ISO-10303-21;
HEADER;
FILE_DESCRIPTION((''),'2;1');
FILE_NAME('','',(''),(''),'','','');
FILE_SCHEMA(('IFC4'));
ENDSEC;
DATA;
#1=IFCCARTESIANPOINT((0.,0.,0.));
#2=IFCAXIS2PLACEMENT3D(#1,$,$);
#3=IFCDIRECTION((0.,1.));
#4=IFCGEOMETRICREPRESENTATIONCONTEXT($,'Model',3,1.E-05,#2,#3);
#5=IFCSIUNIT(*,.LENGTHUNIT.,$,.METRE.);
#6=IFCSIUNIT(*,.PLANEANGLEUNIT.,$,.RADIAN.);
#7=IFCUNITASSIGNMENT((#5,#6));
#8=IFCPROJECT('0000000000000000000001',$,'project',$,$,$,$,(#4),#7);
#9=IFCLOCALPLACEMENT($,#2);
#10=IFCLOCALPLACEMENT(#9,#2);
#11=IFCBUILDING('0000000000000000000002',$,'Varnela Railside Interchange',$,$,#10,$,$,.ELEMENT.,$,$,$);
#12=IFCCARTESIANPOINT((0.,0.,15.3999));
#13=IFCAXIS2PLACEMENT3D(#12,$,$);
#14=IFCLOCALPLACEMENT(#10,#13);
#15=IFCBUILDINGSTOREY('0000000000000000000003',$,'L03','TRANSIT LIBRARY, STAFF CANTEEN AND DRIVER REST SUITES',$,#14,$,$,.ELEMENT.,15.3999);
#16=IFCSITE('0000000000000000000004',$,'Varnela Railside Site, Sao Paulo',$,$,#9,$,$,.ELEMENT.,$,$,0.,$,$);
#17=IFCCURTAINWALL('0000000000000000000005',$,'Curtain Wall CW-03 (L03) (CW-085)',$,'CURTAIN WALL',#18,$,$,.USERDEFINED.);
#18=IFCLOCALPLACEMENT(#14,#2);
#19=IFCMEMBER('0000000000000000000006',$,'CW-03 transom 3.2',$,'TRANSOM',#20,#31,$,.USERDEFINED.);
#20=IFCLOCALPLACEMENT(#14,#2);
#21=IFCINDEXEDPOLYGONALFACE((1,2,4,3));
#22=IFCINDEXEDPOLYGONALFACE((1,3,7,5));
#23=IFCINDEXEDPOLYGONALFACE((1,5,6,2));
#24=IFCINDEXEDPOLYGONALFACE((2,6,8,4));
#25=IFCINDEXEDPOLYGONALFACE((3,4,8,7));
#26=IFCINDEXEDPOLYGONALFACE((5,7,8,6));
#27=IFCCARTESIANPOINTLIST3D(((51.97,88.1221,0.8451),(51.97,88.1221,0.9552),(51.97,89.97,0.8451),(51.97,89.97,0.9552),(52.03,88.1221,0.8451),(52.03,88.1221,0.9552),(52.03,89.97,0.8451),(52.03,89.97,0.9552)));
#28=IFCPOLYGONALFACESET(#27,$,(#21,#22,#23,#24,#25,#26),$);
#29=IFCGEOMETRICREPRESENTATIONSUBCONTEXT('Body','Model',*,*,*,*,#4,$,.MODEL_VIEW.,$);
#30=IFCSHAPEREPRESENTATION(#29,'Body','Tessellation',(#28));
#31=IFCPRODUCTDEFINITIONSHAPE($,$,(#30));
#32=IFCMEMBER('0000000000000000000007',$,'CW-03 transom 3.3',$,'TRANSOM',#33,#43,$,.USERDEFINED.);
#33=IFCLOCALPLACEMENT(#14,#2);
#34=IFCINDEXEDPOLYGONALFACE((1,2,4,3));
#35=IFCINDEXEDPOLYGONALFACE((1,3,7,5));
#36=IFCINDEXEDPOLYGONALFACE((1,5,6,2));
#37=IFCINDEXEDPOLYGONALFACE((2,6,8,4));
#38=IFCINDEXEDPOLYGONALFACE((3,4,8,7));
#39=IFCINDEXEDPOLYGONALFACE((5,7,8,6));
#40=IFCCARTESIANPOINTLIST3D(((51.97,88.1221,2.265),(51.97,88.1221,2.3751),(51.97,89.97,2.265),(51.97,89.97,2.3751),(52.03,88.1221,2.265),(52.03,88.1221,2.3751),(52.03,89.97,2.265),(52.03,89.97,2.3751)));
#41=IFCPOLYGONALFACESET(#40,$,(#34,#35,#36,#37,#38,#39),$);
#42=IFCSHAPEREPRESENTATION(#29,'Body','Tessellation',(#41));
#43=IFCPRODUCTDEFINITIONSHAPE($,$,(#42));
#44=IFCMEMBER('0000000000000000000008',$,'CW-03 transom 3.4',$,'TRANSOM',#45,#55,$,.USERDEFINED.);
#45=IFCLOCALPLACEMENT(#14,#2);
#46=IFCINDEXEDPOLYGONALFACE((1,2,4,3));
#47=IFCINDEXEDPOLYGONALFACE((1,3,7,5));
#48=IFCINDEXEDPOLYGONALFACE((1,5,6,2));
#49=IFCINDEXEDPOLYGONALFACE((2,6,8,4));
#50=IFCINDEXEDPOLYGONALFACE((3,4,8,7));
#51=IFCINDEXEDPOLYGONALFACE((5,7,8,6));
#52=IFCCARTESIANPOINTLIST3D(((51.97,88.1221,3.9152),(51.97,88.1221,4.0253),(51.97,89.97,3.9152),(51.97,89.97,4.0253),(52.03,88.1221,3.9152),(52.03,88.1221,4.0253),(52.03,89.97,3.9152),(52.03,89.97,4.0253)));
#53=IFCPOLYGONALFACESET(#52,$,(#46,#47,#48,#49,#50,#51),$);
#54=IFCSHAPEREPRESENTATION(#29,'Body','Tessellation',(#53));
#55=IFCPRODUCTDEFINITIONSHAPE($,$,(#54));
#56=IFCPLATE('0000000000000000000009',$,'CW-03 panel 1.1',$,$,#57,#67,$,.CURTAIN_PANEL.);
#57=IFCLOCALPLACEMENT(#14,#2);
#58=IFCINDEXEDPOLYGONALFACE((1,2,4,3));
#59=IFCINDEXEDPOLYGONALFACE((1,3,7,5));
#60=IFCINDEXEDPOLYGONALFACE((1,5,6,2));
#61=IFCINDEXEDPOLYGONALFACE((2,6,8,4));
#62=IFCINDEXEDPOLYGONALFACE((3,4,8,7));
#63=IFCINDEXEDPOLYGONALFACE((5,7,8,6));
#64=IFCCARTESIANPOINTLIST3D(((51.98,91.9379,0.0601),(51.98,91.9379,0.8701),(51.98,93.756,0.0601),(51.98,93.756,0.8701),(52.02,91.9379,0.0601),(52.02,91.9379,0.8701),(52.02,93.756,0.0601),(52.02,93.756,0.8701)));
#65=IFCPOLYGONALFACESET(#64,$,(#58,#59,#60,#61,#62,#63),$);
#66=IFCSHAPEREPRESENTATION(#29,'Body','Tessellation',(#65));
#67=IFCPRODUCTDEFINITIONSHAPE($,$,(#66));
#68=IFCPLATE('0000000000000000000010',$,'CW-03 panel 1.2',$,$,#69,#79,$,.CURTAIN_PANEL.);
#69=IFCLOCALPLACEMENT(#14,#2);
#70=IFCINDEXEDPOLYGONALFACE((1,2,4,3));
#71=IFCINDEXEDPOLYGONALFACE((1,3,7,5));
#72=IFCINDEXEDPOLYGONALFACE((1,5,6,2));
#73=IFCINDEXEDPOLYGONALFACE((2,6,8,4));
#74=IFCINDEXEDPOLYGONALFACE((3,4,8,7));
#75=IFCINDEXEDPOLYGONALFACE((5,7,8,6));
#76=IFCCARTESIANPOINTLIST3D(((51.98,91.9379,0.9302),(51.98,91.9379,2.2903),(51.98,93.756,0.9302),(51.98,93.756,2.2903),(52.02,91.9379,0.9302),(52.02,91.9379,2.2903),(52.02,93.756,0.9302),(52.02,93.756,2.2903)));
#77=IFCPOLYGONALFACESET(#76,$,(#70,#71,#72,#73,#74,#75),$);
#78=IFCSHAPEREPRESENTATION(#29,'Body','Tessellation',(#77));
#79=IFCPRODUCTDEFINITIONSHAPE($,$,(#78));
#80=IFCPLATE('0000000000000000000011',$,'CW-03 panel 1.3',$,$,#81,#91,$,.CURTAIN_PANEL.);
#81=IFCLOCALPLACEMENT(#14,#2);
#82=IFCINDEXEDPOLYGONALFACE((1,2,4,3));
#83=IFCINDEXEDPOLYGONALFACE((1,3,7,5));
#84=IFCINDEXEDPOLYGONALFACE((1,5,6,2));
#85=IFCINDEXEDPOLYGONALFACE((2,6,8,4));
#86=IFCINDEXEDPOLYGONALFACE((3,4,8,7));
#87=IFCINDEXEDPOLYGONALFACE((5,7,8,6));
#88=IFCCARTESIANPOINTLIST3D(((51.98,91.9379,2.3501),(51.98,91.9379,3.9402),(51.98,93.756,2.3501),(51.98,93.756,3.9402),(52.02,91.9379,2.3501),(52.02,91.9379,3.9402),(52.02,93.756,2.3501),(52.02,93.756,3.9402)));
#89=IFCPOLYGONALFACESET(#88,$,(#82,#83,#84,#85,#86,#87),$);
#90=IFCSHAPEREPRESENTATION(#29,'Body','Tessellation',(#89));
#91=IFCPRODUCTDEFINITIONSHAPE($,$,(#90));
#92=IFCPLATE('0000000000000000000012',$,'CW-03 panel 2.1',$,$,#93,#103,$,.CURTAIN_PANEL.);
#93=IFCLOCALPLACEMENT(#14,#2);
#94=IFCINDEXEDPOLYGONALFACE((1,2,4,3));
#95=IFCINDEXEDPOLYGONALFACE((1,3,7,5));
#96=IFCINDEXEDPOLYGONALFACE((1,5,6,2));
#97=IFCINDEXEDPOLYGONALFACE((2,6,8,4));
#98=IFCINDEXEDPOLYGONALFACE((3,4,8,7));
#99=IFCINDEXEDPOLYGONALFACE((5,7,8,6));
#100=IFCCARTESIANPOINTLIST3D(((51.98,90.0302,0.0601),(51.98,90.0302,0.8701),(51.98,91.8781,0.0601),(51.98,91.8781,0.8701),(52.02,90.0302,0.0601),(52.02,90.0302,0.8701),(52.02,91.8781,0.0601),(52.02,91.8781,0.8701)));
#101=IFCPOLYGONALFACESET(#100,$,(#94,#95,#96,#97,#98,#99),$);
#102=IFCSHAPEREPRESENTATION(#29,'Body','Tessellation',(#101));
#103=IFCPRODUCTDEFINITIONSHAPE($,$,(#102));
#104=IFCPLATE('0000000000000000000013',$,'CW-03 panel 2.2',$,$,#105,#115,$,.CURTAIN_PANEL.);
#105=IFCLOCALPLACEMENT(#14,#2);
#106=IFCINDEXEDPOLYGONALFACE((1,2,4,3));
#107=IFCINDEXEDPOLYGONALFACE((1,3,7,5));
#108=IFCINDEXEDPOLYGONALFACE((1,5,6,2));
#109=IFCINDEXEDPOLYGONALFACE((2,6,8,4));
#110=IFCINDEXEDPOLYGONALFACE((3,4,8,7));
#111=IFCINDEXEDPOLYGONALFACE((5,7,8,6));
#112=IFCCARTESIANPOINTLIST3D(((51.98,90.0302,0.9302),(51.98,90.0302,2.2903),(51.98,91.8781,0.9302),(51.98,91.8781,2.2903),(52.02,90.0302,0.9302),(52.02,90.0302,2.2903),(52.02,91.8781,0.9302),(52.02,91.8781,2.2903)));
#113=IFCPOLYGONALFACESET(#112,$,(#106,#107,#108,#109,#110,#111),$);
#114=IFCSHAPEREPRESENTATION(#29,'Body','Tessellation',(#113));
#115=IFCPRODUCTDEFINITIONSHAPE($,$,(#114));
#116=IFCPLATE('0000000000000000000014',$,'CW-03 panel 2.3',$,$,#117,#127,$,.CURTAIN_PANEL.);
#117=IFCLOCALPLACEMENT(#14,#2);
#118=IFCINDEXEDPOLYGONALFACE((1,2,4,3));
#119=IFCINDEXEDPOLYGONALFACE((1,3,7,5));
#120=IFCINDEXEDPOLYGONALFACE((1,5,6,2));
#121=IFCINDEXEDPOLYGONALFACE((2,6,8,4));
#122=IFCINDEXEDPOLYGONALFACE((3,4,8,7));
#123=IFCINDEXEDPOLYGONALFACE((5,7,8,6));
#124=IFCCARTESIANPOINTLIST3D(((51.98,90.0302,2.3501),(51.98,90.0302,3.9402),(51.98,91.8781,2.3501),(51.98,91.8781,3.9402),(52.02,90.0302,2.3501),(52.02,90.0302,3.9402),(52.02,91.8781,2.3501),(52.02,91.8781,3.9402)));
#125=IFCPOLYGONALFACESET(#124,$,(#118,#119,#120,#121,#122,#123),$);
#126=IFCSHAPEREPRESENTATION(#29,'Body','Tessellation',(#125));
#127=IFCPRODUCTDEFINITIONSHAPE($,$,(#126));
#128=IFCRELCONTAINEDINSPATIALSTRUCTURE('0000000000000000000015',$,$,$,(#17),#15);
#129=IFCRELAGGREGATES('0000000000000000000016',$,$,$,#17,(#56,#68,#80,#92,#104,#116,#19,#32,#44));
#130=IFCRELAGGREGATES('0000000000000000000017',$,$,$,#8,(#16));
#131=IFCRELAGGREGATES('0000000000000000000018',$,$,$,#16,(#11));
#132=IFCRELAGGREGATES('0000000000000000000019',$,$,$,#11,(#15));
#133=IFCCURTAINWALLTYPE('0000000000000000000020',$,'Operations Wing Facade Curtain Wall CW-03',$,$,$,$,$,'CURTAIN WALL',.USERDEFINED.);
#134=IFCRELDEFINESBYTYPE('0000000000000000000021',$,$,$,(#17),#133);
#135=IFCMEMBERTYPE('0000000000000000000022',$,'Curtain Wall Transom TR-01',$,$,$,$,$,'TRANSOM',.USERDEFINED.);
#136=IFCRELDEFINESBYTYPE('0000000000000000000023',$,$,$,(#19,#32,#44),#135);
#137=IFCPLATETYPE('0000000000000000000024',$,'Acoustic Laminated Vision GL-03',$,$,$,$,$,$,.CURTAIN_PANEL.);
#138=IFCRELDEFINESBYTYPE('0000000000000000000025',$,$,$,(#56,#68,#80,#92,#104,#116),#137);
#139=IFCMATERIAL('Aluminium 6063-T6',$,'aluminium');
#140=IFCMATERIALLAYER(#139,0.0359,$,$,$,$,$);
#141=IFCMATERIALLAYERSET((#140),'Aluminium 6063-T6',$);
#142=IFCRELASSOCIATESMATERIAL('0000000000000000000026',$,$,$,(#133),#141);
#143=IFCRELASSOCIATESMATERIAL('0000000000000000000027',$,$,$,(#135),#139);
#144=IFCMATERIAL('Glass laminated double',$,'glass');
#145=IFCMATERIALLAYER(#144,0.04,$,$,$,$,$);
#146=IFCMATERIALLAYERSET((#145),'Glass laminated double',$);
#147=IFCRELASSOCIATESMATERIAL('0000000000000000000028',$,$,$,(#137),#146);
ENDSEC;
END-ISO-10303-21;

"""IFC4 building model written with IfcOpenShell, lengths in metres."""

from ifc_helpers import new_model, si_unit, direction, frame, origin, origin_2d, place, context, subcontext, project, spatial, rectangle, extrude, material, layer, layer_set, material_profile, profile_set, type_object, element, aggregate, save


model = new_model("IFC4")

# Units and contexts
model_context = context("Model", 3, precision=1e-05, world=origin(), true_north=direction((0.0, 1.0)))
body_context = subcontext(model_context, "Body", "Model", "MODEL_VIEW")
ifc_project = project(units=[si_unit("LENGTHUNIT", "METRE"), si_unit("PLANEANGLEUNIT", "RADIAN")], contexts=[model_context])

# Site, building, storey
site_placement = place(None, origin())
site = spatial("IfcSite", under=ifc_project, at=site_placement, Name="Varnela Railside Site, Sao Paulo", CompositionType="ELEMENT", RefElevation=0.0)
building_placement = place(site_placement, origin())
building = spatial("IfcBuilding", under=site, at=building_placement, Name="Varnela Railside Interchange", CompositionType="ELEMENT")
storey_placement = place(building_placement, frame((0.0, 0.0, 15.3999)))
storey = spatial("IfcBuildingStorey", under=building, at=storey_placement, Name="L03", Description="TRANSIT LIBRARY, STAFF CANTEEN AND DRIVER REST SUITES", CompositionType="ELEMENT", Elevation=15.3999)

# Shared definitions
ifc_material_1 = material(Name="Aluminium 6063-T6", Category="aluminium")
ifc_layer_1 = layer(ifc_material_1, 0.0359)
ifc_layer_set_1 = layer_set([ifc_layer_1], Name="Aluminium 6063-T6")
curtain_wall_type = type_object("IfcCurtainWallType", Name="Operations Wing Facade Curtain Wall CW-03", ElementType="CURTAIN WALL", PredefinedType="USERDEFINED", material=ifc_layer_set_1)

# Curtain wall, members, plates
curtain_wall_1_placement = place(storey_placement, origin())
curtain_wall_1 = element("IfcCurtainWall", 1, at=curtain_wall_1_placement, inside=storey, type_object=curtain_wall_type, Name="Curtain Wall CW-03 (L03) (CW-085)", ObjectType="CURTAIN WALL", PredefinedType="USERDEFINED")
ifc_material_profile_1 = material_profile(ifc_material_1, rectangle(XDim=0.0601, YDim=0.1101, at=origin_2d()), Name="ALU 60x110")
ifc_profile_set_1 = profile_set([ifc_material_profile_1], Name="Aluminium 6063-T6")
member_type_1 = type_object("IfcMemberType", Name="Curtain Wall Transom TR-01", ElementType="TRANSOM", PredefinedType="USERDEFINED", material=ifc_profile_set_1)
member_1_placement = place(storey_placement, frame((52.0, 89.97, 0.9001), z_axis=(0.0, -1.0, 0.0), x_axis=(1.0, 0.0, 0.0)))
member_1 = element("IfcMember", 2, at=member_1_placement, type_object=member_type_1, Name="CW-03 transom 3.2", ObjectType="TRANSOM", PredefinedType="USERDEFINED", context=body_context, shape_type="SweptSolid", body=[
    extrude(rectangle(XDim=0.0601, YDim=0.1101, at=origin_2d()), origin(), (0.0, 0.0, 1.0), 1.8479),
])
member_2_placement = place(storey_placement, frame((52.0, 89.97, 2.3201), z_axis=(0.0, -1.0, 0.0), x_axis=(1.0, 0.0, 0.0)))
member_2 = element("IfcMember", 3, at=member_2_placement, type_object=member_type_1, Name="CW-03 transom 3.3", ObjectType="TRANSOM", PredefinedType="USERDEFINED", context=body_context, shape_type="SweptSolid", body=[
    extrude(rectangle(XDim=0.0601, YDim=0.1101, at=origin_2d()), origin(), (0.0, 0.0, 1.0), 1.8479),
])
member_3_placement = place(storey_placement, frame((52.0, 89.97, 3.9702), z_axis=(0.0, -1.0, 0.0), x_axis=(1.0, 0.0, 0.0)))
member_3 = element("IfcMember", 4, at=member_3_placement, type_object=member_type_1, Name="CW-03 transom 3.4", ObjectType="TRANSOM", PredefinedType="USERDEFINED", context=body_context, shape_type="SweptSolid", body=[
    extrude(rectangle(XDim=0.0601, YDim=0.1101, at=origin_2d()), origin(), (0.0, 0.0, 1.0), 1.8479),
])
ifc_material_2 = material(Name="Glass laminated double", Category="glass")
ifc_layer_2 = layer(ifc_material_2, 0.04)
ifc_layer_set_2 = layer_set([ifc_layer_2], Name="Glass laminated double")
plate_type = type_object("IfcPlateType", Name="Acoustic Laminated Vision GL-03", PredefinedType="CURTAIN_PANEL", material=ifc_layer_set_2)
plate_1_placement = place(storey_placement, frame((52.0, 92.8469, 0.0601), z_axis=(0.0, 0.0, 1.0), x_axis=(0.0, -1.0, 0.0)))
plate_1 = element("IfcPlate", 5, at=plate_1_placement, type_object=plate_type, Name="CW-03 panel 1.1", PredefinedType="CURTAIN_PANEL", context=body_context, shape_type="SweptSolid", body=[
    extrude(rectangle(XDim=1.8181, YDim=0.04, at=origin_2d()), origin(), (0.0, 0.0, 1.0), 0.8101),
])
plate_2_placement = place(storey_placement, frame((52.0, 92.8469, 0.9302), z_axis=(0.0, 0.0, 1.0), x_axis=(0.0, -1.0, 0.0)))
plate_2 = element("IfcPlate", 6, at=plate_2_placement, type_object=plate_type, Name="CW-03 panel 1.2", PredefinedType="CURTAIN_PANEL", context=body_context, shape_type="SweptSolid", body=[
    extrude(rectangle(XDim=1.8181, YDim=0.04, at=origin_2d()), origin(), (0.0, 0.0, 1.0), 1.3601),
])
plate_3_placement = place(storey_placement, frame((52.0, 92.8469, 2.3501), z_axis=(0.0, 0.0, 1.0), x_axis=(0.0, -1.0, 0.0)))
plate_3 = element("IfcPlate", 7, at=plate_3_placement, type_object=plate_type, Name="CW-03 panel 1.3", PredefinedType="CURTAIN_PANEL", context=body_context, shape_type="SweptSolid", body=[
    extrude(rectangle(XDim=1.8181, YDim=0.04, at=origin_2d()), origin(), (0.0, 0.0, 1.0), 1.5901),
])
plate_4_placement = place(storey_placement, frame((52.0, 90.9541, 0.0601), z_axis=(0.0, 0.0, 1.0), x_axis=(0.0, -1.0, 0.0)))
plate_4 = element("IfcPlate", 8, at=plate_4_placement, type_object=plate_type, Name="CW-03 panel 2.1", PredefinedType="CURTAIN_PANEL", context=body_context, shape_type="SweptSolid", body=[
    extrude(rectangle(XDim=1.8479, YDim=0.04, at=origin_2d()), origin(), (0.0, 0.0, 1.0), 0.8101),
])
plate_5_placement = place(storey_placement, frame((52.0, 90.9541, 0.9302), z_axis=(0.0, 0.0, 1.0), x_axis=(0.0, -1.0, 0.0)))
plate_5 = element("IfcPlate", 9, at=plate_5_placement, type_object=plate_type, Name="CW-03 panel 2.2", PredefinedType="CURTAIN_PANEL", context=body_context, shape_type="SweptSolid", body=[
    extrude(rectangle(XDim=1.8479, YDim=0.04, at=origin_2d()), origin(), (0.0, 0.0, 1.0), 1.3601),
])
plate_6_placement = place(storey_placement, frame((52.0, 90.9541, 2.3501), z_axis=(0.0, 0.0, 1.0), x_axis=(0.0, -1.0, 0.0)))
plate_6 = element("IfcPlate", 10, at=plate_6_placement, type_object=plate_type, Name="CW-03 panel 2.3", PredefinedType="CURTAIN_PANEL", context=body_context, shape_type="SweptSolid", body=[
    extrude(rectangle(XDim=1.8479, YDim=0.04, at=origin_2d()), origin(), (0.0, 0.0, 1.0), 1.5901),
])
aggregate(curtain_wall_1, [plate_1, plate_2, plate_3, plate_4, plate_5, plate_6, member_1, member_2, member_3])

save(model, "model.ifc")
